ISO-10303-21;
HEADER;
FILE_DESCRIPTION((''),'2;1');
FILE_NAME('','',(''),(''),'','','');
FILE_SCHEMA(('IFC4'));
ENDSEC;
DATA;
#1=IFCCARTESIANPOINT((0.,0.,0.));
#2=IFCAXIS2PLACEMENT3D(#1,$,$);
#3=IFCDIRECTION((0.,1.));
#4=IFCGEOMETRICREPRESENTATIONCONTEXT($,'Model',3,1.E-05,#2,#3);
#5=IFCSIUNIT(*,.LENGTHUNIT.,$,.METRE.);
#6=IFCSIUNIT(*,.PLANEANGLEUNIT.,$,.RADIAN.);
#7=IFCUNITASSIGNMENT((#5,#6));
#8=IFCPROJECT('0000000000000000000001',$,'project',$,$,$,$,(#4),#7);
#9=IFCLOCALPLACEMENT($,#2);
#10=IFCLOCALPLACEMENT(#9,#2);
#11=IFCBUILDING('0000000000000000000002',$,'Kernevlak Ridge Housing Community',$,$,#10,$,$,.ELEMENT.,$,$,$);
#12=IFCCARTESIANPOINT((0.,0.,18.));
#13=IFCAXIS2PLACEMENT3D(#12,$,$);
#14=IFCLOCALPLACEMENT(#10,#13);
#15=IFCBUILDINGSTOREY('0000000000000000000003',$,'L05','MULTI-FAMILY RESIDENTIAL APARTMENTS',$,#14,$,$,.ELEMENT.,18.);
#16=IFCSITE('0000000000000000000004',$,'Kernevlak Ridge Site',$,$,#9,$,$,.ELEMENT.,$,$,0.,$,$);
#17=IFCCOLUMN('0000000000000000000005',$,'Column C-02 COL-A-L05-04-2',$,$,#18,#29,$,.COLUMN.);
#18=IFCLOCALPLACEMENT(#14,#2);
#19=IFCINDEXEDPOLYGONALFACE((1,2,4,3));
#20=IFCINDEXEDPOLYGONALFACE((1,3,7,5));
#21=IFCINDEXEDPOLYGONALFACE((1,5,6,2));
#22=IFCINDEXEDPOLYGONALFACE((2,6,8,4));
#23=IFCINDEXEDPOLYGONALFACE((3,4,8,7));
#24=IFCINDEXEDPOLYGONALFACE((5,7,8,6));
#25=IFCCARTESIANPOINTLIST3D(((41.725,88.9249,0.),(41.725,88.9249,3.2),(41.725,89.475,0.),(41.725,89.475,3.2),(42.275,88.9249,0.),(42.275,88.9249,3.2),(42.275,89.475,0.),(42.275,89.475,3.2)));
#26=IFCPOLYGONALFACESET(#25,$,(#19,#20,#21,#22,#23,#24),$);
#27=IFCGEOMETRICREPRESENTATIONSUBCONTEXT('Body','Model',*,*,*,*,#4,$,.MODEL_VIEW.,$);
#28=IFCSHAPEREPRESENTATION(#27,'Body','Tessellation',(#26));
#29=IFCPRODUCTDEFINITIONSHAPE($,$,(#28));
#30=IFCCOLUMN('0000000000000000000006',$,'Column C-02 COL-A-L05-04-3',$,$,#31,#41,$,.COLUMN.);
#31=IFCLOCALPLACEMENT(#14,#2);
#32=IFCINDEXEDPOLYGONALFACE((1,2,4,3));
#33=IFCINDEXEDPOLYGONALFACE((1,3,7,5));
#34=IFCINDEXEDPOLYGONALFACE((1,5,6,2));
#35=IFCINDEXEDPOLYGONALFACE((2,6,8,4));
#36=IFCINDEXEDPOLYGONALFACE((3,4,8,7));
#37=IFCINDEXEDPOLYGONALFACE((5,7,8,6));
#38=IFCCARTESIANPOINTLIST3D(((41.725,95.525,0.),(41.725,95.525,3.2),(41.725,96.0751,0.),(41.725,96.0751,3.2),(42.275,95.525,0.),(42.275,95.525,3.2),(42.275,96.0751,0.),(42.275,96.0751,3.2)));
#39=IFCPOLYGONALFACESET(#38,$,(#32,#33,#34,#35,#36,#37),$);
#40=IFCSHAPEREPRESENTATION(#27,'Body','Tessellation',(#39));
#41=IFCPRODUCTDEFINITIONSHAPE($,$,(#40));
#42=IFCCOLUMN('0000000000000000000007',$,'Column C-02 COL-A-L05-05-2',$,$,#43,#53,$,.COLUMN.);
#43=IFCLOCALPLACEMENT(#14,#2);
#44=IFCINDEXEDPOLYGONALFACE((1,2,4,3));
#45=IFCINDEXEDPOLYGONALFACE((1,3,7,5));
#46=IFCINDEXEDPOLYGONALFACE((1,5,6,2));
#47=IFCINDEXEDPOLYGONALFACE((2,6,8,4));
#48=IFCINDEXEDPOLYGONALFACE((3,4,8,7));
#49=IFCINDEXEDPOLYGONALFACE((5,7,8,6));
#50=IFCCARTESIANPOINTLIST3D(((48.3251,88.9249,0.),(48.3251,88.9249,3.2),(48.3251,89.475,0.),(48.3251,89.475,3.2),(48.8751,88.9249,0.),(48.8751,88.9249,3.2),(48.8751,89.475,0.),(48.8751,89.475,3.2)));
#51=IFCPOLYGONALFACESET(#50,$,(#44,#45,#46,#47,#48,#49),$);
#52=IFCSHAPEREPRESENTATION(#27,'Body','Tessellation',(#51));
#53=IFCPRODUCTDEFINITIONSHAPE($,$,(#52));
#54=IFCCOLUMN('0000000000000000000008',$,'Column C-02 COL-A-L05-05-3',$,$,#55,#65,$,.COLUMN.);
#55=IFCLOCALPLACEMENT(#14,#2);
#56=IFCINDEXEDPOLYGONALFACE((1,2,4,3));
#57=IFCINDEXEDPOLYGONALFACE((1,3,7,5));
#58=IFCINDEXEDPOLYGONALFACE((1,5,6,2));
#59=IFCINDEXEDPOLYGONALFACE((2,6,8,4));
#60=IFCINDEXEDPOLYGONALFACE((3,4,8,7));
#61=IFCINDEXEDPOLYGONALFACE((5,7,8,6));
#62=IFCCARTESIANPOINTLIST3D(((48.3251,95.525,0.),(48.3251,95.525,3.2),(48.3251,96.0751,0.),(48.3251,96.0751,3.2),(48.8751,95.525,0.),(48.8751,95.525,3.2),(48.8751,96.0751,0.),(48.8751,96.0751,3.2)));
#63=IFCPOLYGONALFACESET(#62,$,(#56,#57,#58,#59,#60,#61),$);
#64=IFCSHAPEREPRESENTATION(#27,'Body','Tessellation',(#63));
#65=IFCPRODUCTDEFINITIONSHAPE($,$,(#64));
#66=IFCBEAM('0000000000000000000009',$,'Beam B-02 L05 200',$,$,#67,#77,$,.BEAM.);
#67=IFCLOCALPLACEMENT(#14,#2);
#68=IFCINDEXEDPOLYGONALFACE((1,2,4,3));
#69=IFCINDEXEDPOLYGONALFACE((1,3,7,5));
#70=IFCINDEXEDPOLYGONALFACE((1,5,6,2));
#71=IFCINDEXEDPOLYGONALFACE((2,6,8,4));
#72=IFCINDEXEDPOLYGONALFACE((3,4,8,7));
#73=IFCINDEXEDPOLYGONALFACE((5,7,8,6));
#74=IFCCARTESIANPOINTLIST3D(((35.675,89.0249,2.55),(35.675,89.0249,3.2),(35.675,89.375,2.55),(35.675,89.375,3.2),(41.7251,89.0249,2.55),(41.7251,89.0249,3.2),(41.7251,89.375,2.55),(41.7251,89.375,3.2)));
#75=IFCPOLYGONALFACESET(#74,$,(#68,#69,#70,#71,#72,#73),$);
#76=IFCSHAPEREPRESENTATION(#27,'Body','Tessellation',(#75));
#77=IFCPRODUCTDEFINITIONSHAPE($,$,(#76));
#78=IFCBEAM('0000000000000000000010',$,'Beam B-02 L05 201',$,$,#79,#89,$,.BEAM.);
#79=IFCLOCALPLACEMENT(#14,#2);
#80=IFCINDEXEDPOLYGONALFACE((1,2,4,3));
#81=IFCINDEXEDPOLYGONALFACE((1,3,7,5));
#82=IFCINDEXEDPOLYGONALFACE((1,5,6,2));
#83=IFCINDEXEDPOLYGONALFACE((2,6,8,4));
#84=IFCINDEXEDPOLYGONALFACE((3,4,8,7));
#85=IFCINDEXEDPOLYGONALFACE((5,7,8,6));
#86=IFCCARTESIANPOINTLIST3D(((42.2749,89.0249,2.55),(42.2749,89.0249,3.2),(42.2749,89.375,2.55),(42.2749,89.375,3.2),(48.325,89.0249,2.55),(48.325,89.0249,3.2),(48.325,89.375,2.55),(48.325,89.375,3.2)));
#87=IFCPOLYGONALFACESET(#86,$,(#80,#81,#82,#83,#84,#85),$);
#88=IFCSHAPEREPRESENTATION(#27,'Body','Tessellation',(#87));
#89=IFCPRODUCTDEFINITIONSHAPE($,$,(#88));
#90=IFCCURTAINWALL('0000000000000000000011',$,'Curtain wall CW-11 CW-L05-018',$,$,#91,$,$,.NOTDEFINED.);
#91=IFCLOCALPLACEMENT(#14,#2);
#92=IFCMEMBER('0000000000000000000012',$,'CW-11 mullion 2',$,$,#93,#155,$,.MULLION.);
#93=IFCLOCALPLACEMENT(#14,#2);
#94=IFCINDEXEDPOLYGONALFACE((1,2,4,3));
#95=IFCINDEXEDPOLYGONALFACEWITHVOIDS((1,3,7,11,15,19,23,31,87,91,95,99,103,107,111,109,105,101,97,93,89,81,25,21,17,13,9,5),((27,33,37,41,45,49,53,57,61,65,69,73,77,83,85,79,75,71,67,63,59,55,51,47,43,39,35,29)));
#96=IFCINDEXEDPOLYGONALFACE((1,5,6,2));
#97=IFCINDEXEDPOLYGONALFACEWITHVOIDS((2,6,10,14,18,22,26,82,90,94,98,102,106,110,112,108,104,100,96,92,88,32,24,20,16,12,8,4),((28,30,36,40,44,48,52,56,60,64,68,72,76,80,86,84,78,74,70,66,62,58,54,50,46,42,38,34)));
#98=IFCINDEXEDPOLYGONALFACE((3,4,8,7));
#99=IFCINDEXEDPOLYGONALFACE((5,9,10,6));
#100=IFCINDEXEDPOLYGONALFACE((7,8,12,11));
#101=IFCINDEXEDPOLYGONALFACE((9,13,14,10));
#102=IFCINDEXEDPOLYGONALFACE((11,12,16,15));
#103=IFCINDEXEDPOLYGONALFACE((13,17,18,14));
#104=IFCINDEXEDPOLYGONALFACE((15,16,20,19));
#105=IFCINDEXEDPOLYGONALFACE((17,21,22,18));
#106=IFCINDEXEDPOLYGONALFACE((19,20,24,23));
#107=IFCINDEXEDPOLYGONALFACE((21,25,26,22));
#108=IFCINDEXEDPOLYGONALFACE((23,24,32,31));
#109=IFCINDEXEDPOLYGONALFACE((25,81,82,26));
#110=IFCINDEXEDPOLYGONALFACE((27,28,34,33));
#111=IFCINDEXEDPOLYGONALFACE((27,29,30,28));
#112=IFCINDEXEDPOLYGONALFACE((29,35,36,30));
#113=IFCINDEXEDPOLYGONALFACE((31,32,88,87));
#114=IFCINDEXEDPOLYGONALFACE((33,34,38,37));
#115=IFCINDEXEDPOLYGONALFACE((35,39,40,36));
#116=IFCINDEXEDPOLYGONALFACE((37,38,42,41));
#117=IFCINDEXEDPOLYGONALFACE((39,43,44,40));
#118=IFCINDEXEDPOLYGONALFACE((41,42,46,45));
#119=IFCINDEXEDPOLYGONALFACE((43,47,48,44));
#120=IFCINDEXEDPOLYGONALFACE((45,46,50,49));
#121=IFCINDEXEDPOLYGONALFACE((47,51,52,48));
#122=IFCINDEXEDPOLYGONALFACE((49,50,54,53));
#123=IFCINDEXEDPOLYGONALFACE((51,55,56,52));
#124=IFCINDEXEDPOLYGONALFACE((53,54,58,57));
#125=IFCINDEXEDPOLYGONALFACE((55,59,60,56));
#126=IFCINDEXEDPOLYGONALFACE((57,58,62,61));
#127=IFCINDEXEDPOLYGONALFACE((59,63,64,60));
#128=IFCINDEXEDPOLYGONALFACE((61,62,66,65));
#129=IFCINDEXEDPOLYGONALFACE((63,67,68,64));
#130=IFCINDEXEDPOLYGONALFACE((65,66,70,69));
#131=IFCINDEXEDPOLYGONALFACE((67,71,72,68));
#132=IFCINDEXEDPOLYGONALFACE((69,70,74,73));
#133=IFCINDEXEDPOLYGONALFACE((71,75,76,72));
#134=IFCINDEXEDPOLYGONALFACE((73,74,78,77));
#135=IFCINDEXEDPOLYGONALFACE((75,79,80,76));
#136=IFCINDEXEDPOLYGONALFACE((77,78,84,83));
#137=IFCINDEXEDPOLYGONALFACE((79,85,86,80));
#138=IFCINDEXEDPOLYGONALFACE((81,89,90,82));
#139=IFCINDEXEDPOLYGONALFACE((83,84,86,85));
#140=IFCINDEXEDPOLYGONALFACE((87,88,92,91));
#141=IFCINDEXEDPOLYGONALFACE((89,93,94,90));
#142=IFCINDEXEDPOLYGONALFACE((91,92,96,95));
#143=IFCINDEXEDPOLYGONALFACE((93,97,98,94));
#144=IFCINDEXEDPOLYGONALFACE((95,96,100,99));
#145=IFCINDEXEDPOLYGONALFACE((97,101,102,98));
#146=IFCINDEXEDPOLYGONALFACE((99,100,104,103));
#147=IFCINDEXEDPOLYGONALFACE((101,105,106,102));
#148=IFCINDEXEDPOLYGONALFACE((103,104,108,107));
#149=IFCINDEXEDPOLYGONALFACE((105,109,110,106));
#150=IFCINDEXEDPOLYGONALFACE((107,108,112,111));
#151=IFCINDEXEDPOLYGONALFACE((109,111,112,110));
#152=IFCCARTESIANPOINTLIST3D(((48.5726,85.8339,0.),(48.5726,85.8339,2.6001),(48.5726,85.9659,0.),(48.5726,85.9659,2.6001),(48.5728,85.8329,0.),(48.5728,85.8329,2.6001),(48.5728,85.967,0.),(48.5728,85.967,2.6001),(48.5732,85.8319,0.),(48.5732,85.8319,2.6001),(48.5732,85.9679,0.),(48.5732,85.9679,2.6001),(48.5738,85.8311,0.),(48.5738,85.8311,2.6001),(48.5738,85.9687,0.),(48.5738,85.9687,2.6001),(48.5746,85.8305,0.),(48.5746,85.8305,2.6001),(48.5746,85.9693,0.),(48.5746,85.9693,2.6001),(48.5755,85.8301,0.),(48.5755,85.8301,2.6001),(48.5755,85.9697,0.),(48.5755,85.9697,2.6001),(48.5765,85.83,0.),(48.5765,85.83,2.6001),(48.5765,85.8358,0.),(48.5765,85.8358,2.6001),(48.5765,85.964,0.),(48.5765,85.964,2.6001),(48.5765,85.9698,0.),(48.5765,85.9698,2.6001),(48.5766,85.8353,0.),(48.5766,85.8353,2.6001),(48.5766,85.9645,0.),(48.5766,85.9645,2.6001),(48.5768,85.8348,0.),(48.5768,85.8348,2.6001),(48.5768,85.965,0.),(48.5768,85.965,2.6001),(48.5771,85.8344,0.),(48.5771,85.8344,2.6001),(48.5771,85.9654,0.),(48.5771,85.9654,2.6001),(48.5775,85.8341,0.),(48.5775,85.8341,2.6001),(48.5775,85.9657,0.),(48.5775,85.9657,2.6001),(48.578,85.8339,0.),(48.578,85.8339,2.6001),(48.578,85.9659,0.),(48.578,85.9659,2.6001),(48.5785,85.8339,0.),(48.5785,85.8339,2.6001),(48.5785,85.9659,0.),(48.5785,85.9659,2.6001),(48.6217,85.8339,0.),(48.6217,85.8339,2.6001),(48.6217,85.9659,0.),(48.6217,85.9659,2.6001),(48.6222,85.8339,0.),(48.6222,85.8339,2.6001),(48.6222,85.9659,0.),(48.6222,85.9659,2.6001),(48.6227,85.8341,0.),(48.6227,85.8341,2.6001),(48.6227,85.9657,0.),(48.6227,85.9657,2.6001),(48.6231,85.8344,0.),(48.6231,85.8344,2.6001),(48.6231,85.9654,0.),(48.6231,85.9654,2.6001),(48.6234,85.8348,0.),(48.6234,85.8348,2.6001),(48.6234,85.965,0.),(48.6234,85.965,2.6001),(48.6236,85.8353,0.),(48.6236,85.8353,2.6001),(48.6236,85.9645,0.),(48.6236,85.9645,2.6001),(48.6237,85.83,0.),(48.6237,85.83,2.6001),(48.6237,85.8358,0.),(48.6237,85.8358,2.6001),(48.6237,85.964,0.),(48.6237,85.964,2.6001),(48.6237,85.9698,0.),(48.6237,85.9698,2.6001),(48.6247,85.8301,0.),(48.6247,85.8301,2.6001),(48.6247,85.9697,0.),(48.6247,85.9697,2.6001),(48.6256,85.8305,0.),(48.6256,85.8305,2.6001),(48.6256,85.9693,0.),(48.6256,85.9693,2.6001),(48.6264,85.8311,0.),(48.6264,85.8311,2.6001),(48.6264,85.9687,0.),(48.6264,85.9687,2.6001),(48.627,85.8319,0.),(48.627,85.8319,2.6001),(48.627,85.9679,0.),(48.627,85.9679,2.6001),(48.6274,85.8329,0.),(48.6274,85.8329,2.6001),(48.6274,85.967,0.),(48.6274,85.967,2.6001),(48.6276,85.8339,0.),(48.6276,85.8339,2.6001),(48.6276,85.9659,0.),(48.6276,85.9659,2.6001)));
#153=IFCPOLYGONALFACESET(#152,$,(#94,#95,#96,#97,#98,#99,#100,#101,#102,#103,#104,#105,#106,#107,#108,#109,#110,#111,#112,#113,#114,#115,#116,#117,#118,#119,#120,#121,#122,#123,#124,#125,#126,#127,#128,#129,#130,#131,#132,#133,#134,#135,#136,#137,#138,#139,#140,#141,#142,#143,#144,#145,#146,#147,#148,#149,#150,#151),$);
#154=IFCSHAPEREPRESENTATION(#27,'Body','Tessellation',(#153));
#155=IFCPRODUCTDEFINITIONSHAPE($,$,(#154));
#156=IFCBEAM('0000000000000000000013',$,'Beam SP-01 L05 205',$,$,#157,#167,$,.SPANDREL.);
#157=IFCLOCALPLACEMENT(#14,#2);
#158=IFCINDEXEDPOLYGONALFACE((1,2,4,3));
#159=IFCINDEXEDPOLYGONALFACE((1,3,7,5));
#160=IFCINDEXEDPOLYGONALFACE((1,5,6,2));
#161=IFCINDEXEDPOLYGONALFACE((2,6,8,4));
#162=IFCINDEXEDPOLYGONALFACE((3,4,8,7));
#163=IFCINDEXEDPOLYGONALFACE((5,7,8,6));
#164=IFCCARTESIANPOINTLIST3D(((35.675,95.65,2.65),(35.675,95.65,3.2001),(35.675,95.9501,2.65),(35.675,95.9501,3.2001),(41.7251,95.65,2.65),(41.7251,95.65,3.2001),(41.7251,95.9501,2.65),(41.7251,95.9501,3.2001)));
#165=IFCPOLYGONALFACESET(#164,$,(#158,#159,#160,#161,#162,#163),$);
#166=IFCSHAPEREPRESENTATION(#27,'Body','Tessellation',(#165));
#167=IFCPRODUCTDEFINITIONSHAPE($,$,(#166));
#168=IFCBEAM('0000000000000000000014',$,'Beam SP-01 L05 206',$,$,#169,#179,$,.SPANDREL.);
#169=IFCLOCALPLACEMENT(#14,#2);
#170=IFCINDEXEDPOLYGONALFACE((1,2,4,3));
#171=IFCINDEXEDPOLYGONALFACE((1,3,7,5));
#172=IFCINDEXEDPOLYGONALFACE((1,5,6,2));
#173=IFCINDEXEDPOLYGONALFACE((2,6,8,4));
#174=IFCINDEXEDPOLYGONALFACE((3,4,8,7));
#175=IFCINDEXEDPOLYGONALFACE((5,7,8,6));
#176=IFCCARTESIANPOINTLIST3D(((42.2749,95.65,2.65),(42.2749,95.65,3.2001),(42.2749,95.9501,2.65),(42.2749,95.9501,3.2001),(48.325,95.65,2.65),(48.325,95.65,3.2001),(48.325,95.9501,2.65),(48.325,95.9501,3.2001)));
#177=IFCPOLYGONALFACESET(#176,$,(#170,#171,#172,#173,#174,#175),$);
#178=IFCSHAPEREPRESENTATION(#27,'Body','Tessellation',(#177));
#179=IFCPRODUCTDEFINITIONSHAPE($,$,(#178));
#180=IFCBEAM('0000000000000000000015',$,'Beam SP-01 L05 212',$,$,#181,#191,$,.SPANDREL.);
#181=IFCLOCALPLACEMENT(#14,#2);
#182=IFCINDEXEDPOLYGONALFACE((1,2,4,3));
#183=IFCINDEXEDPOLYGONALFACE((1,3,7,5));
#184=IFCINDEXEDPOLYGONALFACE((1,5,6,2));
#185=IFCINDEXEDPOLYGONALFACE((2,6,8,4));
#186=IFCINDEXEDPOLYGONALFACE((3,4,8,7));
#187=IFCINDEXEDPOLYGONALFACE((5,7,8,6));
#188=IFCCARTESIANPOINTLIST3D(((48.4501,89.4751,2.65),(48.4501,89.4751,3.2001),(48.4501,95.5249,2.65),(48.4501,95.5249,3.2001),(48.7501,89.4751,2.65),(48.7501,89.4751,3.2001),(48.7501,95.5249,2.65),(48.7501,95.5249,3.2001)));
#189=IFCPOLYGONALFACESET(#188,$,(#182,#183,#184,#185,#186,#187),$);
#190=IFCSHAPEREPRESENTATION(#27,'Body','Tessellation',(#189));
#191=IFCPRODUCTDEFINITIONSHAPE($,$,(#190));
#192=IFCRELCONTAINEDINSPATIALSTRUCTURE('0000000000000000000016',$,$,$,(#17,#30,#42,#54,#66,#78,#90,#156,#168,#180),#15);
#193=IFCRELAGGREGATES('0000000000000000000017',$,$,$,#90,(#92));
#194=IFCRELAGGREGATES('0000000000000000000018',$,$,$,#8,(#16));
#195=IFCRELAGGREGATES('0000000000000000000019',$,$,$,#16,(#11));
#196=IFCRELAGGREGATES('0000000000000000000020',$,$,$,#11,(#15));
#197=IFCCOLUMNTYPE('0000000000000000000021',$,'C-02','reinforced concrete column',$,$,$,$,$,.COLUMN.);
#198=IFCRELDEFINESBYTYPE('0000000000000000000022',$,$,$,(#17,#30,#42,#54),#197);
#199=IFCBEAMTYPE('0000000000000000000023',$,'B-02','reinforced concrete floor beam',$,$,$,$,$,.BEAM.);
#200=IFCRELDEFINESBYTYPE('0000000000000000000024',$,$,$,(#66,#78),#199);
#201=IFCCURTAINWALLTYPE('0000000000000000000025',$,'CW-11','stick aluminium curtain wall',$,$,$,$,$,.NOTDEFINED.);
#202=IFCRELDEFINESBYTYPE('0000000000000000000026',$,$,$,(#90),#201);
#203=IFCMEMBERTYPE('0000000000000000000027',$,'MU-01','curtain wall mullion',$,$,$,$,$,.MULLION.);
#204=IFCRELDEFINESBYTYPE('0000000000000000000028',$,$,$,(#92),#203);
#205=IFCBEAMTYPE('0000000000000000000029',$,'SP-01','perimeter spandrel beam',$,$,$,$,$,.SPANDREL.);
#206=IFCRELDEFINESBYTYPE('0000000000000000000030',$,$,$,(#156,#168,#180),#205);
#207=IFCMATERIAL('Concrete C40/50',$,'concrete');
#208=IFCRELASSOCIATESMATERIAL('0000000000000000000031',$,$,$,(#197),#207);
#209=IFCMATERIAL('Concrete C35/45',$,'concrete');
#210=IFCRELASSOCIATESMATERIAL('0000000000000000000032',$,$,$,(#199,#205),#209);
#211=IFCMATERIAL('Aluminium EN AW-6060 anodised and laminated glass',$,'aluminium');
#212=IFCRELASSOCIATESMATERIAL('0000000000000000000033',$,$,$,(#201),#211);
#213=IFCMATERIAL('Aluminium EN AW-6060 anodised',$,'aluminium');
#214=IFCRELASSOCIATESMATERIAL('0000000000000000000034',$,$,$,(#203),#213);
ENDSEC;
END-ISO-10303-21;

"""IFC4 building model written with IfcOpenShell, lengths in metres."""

from ifc_helpers import new_model, si_unit, direction, frame, origin, origin_2d, place, context, subcontext, project, spatial, rectangle, hollow_rectangle, extrude, material, material_profile, profile_set, type_object, element, aggregate, save


model = new_model("IFC4")

# Units and contexts
model_context = context("Model", 3, precision=1e-05, world=origin(), true_north=direction((0.0, 1.0)))
body_context = subcontext(model_context, "Body", "Model", "MODEL_VIEW")
ifc_project = project(units=[si_unit("LENGTHUNIT", "METRE"), si_unit("PLANEANGLEUNIT", "RADIAN")], contexts=[model_context])

# Site, building, storey
site_placement = place(None, origin())
site = spatial("IfcSite", under=ifc_project, at=site_placement, Name="Kernevlak Ridge Site", CompositionType="ELEMENT", RefElevation=0.0)
building_placement = place(site_placement, origin())
building = spatial("IfcBuilding", under=site, at=building_placement, Name="Kernevlak Ridge Housing Community", CompositionType="ELEMENT")
storey_placement = place(building_placement, frame((0.0, 0.0, 18.0)))
storey = spatial("IfcBuildingStorey", under=building, at=storey_placement, Name="L05", Description="MULTI-FAMILY RESIDENTIAL APARTMENTS", CompositionType="ELEMENT", Elevation=18.0)

# Columns
ifc_material_1 = material(Name="Concrete C40/50", Category="concrete")
ifc_material_profile_1 = material_profile(ifc_material_1, rectangle(XDim=0.55, YDim=0.55, at=origin_2d()), Name="RC 550x550")
ifc_profile_set_1 = profile_set([ifc_material_profile_1], Name="Concrete C40/50")
column_type = type_object("IfcColumnType", Name="C-02", Description="reinforced concrete column", PredefinedType="COLUMN", material=ifc_profile_set_1)
for number, where, z_axis, x_axis, name in (
    (1, (42.0, 89.2, 0.0), (0.0, 0.0, 1.0), (1.0, 0.0, 0.0), "Column C-02 COL-A-L05-04-2"),
    (2, (42.0, 95.8, 0.0), (0.0, 0.0, 1.0), (1.0, 0.0, 0.0), "Column C-02 COL-A-L05-04-3"),
    (3, (48.6001, 89.2, 0.0), (0.0, 0.0, 1.0), (1.0, 0.0, 0.0), "Column C-02 COL-A-L05-05-2"),
    (4, (48.6001, 95.8, 0.0), (0.0, 0.0, 1.0), (1.0, 0.0, 0.0), "Column C-02 COL-A-L05-05-3"),
):
    element("IfcColumn", number, at=place(storey_placement, frame(where, z_axis=z_axis, x_axis=x_axis)), inside=storey, type_object=column_type, Name=name, PredefinedType="COLUMN", context=body_context, shape_type="SweptSolid", body=[
        extrude(rectangle(XDim=0.55, YDim=0.55, at=origin_2d()), origin(), (0.0, 0.0, 1.0), 3.2),
    ])

# Beams
ifc_material_2 = material(Name="Concrete C35/45", Category="concrete")
ifc_material_profile_2 = material_profile(ifc_material_2, rectangle(XDim=0.3501, YDim=0.6499, at=origin_2d()), Name="RC 350x650")
ifc_profile_set_2 = profile_set([ifc_material_profile_2], Name="Concrete C35/45")
beam_type_1 = type_object("IfcBeamType", Name="B-02", Description="reinforced concrete floor beam", PredefinedType="BEAM", material=ifc_profile_set_2)
for number, where, z_axis, x_axis, name in (
    (5, (35.675, 89.2, 2.875), (1.0, 0.0, 0.0), (0.0, 1.0, 0.0), "Beam B-02 L05 200"),
    (6, (42.2749, 89.2, 2.875), (1.0, 0.0, 0.0), (0.0, 1.0, 0.0), "Beam B-02 L05 201"),
):
    element("IfcBeam", number, at=place(storey_placement, frame(where, z_axis=z_axis, x_axis=x_axis)), inside=storey, type_object=beam_type_1, Name=name, PredefinedType="BEAM", context=body_context, shape_type="SweptSolid", body=[
        extrude(rectangle(XDim=0.3501, YDim=0.6499, at=origin_2d()), origin(), (0.0, 0.0, 1.0), 6.05),
    ])

# Curtain wall, member
ifc_material_3 = material(Name="Aluminium EN AW-6060 anodised and laminated glass", Category="aluminium")
curtain_wall_type = type_object("IfcCurtainWallType", Name="CW-11", Description="stick aluminium curtain wall", PredefinedType="NOTDEFINED", material=ifc_material_3)
curtain_wall_placement = place(storey_placement, origin())
curtain_wall = element("IfcCurtainWall", 7, at=curtain_wall_placement, inside=storey, type_object=curtain_wall_type, Name="Curtain wall CW-11 CW-L05-018", PredefinedType="NOTDEFINED")
ifc_material_4 = material(Name="Aluminium EN AW-6060 anodised", Category="aluminium")
ifc_material_profile_3 = material_profile(ifc_material_4, hollow_rectangle(XDim=0.0549, YDim=0.1399, WallThickness=0.0039, InnerFilletRadius=0.002, OuterFilletRadius=0.0039, at=origin_2d()), Name="ALU 55x140x4")
ifc_profile_set_3 = profile_set([ifc_material_profile_3], Name="Aluminium EN AW-6060 anodised")
member_type = type_object("IfcMemberType", Name="MU-01", Description="curtain wall mullion", PredefinedType="MULLION", material=ifc_profile_set_3)
member_placement = place(storey_placement, frame((48.6001, 85.8999, 0.0), z_axis=(0.0, 0.0, 1.0), x_axis=(-1.0, 0.0, 0.0)))
member = element("IfcMember", 8, at=member_placement, type_object=member_type, Name="CW-11 mullion 2", PredefinedType="MULLION", context=body_context, shape_type="SweptSolid", body=[
    extrude(hollow_rectangle(XDim=0.0549, YDim=0.1399, WallThickness=0.0039, InnerFilletRadius=0.002, OuterFilletRadius=0.0039, at=origin_2d()), origin(), (0.0, 0.0, 1.0), 2.6001),
])
aggregate(curtain_wall, [member])

# Beams
ifc_material_profile_4 = material_profile(ifc_material_2, rectangle(XDim=0.3, YDim=0.55, at=origin_2d()), Name="RC 300x550")
ifc_profile_set_4 = profile_set([ifc_material_profile_4], Name="Concrete C35/45")
beam_type_2 = type_object("IfcBeamType", Name="SP-01", Description="perimeter spandrel beam", PredefinedType="SPANDREL", material=ifc_profile_set_4)
for number, where, z_axis, x_axis, name in (
    (9, (35.675, 95.8, 2.925), (1.0, 0.0, 0.0), (0.0, 1.0, 0.0), "Beam SP-01 L05 205"),
    (10, (42.2749, 95.8, 2.925), (1.0, 0.0, 0.0), (0.0, 1.0, 0.0), "Beam SP-01 L05 206"),
):
    element("IfcBeam", number, at=place(storey_placement, frame(where, z_axis=z_axis, x_axis=x_axis)), inside=storey, type_object=beam_type_2, Name=name, PredefinedType="SPANDREL", context=body_context, shape_type="SweptSolid", body=[
        extrude(rectangle(XDim=0.3, YDim=0.55, at=origin_2d()), origin(), (0.0, 0.0, 1.0), 6.05),
    ])
beam_placement = place(storey_placement, frame((48.6001, 89.4751, 2.925), z_axis=(0.0, 1.0, 0.0), x_axis=(-1.0, 0.0, 0.0)))
element("IfcBeam", 11, at=beam_placement, inside=storey, type_object=beam_type_2, Name="Beam SP-01 L05 212", PredefinedType="SPANDREL", context=body_context, shape_type="SweptSolid", body=[
    extrude(rectangle(XDim=0.3, YDim=0.55, at=origin_2d()), origin(), (0.0, 0.0, 1.0), 6.0498),
])

save(model, "model.ifc")
